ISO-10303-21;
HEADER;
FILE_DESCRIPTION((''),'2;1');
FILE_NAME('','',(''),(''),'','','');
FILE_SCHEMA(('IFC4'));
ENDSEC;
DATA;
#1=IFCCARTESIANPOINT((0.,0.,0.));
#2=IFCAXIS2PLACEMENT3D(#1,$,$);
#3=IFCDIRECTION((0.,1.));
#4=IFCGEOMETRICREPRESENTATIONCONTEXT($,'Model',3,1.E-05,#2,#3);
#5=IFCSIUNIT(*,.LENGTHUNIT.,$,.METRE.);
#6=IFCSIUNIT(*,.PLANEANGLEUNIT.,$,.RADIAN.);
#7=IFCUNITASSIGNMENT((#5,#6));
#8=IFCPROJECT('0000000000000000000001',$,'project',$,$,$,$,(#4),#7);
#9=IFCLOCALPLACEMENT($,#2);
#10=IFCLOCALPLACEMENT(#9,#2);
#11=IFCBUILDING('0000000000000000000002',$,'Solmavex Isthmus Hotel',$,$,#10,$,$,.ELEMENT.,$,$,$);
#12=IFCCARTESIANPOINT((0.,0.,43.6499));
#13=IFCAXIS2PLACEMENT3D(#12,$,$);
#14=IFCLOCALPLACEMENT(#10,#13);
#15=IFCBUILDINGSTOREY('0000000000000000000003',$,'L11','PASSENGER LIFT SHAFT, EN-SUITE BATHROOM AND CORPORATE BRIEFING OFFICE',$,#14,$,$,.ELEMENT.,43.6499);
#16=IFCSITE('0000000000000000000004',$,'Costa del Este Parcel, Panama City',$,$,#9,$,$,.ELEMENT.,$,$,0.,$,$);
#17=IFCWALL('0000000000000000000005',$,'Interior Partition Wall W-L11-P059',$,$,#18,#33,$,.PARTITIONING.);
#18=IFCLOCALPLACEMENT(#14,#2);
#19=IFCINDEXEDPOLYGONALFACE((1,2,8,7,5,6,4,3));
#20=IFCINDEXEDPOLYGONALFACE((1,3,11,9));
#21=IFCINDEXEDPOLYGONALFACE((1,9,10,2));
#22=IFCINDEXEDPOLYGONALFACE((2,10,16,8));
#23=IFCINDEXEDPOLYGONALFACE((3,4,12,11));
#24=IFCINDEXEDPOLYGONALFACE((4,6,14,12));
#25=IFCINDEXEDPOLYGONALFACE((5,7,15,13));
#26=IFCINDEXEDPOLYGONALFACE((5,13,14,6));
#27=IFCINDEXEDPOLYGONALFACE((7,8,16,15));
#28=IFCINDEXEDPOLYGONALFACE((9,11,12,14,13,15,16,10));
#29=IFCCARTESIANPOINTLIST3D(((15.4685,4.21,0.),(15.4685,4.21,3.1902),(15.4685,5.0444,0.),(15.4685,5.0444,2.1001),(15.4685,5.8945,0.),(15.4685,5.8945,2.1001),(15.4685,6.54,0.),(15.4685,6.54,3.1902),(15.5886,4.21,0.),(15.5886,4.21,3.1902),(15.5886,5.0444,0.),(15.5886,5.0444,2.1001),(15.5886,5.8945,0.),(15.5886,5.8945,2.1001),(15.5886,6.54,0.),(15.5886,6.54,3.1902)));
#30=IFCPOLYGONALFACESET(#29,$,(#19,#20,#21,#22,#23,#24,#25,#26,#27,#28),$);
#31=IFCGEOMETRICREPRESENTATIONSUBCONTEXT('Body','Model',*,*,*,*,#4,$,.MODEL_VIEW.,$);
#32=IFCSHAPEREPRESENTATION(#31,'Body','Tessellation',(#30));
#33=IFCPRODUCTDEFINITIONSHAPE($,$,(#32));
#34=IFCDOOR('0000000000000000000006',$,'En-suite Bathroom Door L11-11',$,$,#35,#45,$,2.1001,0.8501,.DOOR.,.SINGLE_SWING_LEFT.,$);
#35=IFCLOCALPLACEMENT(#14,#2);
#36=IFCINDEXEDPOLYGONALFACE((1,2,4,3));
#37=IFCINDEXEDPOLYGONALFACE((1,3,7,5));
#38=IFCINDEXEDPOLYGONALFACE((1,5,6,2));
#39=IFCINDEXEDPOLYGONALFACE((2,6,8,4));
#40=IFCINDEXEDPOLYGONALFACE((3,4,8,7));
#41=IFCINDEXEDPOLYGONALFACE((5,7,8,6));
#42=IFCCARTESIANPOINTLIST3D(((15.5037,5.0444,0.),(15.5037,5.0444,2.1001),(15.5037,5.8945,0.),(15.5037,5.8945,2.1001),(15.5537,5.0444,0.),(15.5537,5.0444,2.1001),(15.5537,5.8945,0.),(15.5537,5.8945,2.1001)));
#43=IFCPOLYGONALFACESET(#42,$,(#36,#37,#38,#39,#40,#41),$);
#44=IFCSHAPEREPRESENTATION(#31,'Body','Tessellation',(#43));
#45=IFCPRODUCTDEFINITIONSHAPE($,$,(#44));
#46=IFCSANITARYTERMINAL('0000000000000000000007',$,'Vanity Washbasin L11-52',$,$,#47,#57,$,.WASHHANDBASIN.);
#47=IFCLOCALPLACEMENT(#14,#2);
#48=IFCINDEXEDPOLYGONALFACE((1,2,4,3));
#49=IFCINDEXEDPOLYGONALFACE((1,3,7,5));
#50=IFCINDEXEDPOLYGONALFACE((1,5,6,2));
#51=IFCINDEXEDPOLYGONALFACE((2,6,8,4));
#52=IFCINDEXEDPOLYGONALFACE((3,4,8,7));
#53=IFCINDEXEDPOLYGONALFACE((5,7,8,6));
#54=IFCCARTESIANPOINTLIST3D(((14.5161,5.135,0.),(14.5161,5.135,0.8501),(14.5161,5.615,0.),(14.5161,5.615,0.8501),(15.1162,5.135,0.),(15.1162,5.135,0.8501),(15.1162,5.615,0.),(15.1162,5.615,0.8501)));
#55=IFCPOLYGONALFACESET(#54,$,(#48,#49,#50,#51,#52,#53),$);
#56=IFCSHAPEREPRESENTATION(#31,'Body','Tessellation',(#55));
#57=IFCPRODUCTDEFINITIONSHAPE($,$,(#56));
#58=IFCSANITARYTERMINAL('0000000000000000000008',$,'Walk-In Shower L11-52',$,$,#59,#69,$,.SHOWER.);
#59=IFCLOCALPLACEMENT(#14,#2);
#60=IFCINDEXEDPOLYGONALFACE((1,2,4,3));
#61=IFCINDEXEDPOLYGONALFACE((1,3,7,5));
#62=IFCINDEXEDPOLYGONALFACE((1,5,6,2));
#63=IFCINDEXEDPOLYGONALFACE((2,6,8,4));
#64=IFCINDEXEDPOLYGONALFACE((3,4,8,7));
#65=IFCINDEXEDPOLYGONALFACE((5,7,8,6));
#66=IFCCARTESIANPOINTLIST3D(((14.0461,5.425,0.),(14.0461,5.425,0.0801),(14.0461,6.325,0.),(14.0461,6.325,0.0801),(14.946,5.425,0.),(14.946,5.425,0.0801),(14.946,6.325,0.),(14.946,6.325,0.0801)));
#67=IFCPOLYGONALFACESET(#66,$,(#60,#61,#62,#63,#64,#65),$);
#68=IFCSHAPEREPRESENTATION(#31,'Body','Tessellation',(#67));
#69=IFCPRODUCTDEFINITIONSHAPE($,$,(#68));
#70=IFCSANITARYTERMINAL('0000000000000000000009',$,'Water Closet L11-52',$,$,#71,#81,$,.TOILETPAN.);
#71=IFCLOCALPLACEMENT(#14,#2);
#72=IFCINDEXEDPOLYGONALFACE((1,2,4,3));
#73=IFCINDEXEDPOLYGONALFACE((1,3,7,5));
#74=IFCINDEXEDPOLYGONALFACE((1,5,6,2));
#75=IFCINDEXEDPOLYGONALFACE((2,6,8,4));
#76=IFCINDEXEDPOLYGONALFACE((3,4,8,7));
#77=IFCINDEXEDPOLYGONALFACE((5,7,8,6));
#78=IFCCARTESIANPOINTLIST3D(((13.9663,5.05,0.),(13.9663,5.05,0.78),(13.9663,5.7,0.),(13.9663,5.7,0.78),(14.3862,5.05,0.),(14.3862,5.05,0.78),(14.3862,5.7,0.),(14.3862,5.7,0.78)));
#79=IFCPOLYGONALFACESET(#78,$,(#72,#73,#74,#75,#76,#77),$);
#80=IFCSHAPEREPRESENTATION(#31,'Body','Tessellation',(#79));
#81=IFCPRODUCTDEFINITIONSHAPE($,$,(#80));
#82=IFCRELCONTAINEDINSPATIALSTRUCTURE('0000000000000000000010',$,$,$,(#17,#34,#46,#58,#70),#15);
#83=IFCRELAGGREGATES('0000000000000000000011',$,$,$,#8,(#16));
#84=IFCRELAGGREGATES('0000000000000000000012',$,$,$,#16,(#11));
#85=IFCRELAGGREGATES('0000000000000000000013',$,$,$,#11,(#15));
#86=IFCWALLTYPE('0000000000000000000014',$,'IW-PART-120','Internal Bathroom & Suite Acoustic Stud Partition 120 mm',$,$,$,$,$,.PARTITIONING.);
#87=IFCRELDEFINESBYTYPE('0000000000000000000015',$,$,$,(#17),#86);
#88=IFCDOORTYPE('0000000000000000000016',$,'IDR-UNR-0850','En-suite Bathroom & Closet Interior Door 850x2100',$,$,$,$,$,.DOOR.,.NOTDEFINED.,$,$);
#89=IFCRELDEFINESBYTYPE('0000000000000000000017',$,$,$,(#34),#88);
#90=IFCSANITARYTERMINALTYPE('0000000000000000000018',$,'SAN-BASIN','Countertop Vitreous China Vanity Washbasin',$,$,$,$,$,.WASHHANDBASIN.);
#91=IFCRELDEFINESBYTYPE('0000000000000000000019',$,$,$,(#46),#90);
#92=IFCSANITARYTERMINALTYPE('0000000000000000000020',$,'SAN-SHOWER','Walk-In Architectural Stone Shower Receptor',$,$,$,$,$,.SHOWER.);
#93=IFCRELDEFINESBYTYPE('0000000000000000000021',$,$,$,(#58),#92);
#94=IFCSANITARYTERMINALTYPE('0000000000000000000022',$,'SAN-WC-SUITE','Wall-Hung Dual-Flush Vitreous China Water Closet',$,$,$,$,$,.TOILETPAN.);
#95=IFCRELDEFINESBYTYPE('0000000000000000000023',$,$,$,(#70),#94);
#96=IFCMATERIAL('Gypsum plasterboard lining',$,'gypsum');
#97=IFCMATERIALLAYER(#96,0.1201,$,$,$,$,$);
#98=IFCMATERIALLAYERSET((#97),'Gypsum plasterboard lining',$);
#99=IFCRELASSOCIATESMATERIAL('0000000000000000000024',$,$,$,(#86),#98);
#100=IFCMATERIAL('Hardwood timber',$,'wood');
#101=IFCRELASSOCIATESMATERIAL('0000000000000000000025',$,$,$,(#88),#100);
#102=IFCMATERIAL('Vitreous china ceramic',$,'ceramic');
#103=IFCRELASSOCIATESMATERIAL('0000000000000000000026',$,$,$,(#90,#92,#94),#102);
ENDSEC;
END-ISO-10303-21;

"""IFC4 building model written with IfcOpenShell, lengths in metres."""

from ifc_helpers import new_model, si_unit, direction, frame, frame_2d, origin, origin_2d, place, context, subcontext, project, spatial, rectangle, extrude, material, layer, layer_set, type_object, element, fill, save


model = new_model("IFC4")

# Units and contexts
model_context = context("Model", 3, precision=1e-05, world=origin(), true_north=direction((0.0, 1.0)))
body_context = subcontext(model_context, "Body", "Model", "MODEL_VIEW")
ifc_project = project(units=[si_unit("LENGTHUNIT", "METRE"), si_unit("PLANEANGLEUNIT", "RADIAN")], contexts=[model_context])

# Site, building, storey
site_placement = place(None, origin())
site = spatial("IfcSite", under=ifc_project, at=site_placement, Name="Costa del Este Parcel, Panama City", CompositionType="ELEMENT", RefElevation=0.0)
building_placement = place(site_placement, origin())
building = spatial("IfcBuilding", under=site, at=building_placement, Name="Solmavex Isthmus Hotel", CompositionType="ELEMENT")
storey_placement = place(building_placement, frame((0.0, 0.0, 43.6499)))
storey = spatial("IfcBuildingStorey", under=building, at=storey_placement, Name="L11", Description="PASSENGER LIFT SHAFT, EN-SUITE BATHROOM AND CORPORATE BRIEFING OFFICE", CompositionType="ELEMENT", Elevation=43.6499)

# Shared definitions
ifc_material_1 = material(Name="Gypsum plasterboard lining", Category="gypsum")
ifc_material_2 = material(Name="Hardwood timber", Category="wood")

# Shared definitions
ifc_layer_1 = layer(ifc_material_1, 0.1201)
ifc_layer_set_1 = layer_set([ifc_layer_1], Name="Gypsum plasterboard lining")
wall_type_1 = type_object("IfcWallType", Name="IW-PART-120", Description="Internal Bathroom & Suite Acoustic Stud Partition 120 mm", PredefinedType="PARTITIONING", material=ifc_layer_set_1)
door_type_1 = type_object("IfcDoorType", Name="IDR-UNR-0850", Description="En-suite Bathroom & Closet Interior Door 850x2100", OperationType="NOTDEFINED", PredefinedType="DOOR", material=ifc_material_2)

# Wall, opening, door
wall_1_placement = place(storey_placement, frame((15.5286, 4.21, 0.0), z_axis=(0.0, 0.0, 1.0), x_axis=(0.0, 1.0, 0.0)))
wall_1 = element("IfcWall", 1, at=wall_1_placement, inside=storey, type_object=wall_type_1, Name="Interior Partition Wall W-L11-P059", PredefinedType="PARTITIONING", context=body_context, shape_type="SweptSolid", body=[
    extrude(rectangle(XDim=2.3301, YDim=0.1201, at=frame_2d((1.165, 0.0))), origin(), (0.0, 0.0, 1.0), 3.1902),
])
opening_1_placement = place(wall_1_placement, frame((0.8345, 0.0, 0.0)))
opening_1 = element("IfcOpeningElement", 2, at=opening_1_placement, cuts=wall_1, PredefinedType="OPENING", context=body_context, shape_type="SweptSolid", body=[
    extrude(rectangle(XDim=0.8501, YDim=2.1001, at=frame_2d((0.425, 1.05))), frame((0.0, 0.0701, 0.0), z_axis=(0.0, -1.0, 0.0), x_axis=(1.0, 0.0, 0.0)), (0.0, 0.0, 1.0), 0.1401),
])
door_1_placement = place(opening_1_placement, origin())
door_1 = element("IfcDoor", 3, at=door_1_placement, inside=storey, type_object=door_type_1, Name="En-suite Bathroom Door L11-11", OperationType="SINGLE_SWING_LEFT", OverallHeight=2.1001, OverallWidth=0.8501, PredefinedType="DOOR", context=body_context, shape_type="SweptSolid", body=[
    extrude(rectangle(XDim=0.8501, YDim=2.1001, at=frame_2d((0.425, 1.05))), frame((0.0, 0.0249, 0.0), z_axis=(0.0, -1.0, 0.0), x_axis=(1.0, 0.0, 0.0)), (0.0, 0.0, 1.0), 0.05),
])
fill(opening_1, door_1)

# Sanitary terminals
ifc_material_3 = material(Name="Vitreous china ceramic", Category="ceramic")
sanitary_terminal_type_1 = type_object("IfcSanitaryTerminalType", Name="SAN-BASIN", Description="Countertop Vitreous China Vanity Washbasin", PredefinedType="WASHHANDBASIN", material=ifc_material_3)
sanitary_terminal_1_placement = place(storey_placement, frame((14.8162, 5.375, 0.0), z_axis=(0.0, 0.0, 1.0), x_axis=(1.0, 0.0, 0.0)))
element("IfcSanitaryTerminal", 4, at=sanitary_terminal_1_placement, inside=storey, type_object=sanitary_terminal_type_1, Name="Vanity Washbasin L11-52", PredefinedType="WASHHANDBASIN", context=body_context, shape_type="SweptSolid", body=[
    extrude(rectangle(XDim=0.6001, YDim=0.48, at=origin_2d()), origin(), (0.0, 0.0, 1.0), 0.8501),
])
sanitary_terminal_type_2 = type_object("IfcSanitaryTerminalType", Name="SAN-SHOWER", Description="Walk-In Architectural Stone Shower Receptor", PredefinedType="SHOWER", material=ifc_material_3)
sanitary_terminal_2_placement = place(storey_placement, frame((14.4961, 5.875, 0.0), z_axis=(0.0, 0.0, 1.0), x_axis=(1.0, 0.0, 0.0)))
element("IfcSanitaryTerminal", 5, at=sanitary_terminal_2_placement, inside=storey, type_object=sanitary_terminal_type_2, Name="Walk-In Shower L11-52", PredefinedType="SHOWER", context=body_context, shape_type="SweptSolid", body=[
    extrude(rectangle(XDim=0.8999, YDim=0.8999, at=origin_2d()), origin(), (0.0, 0.0, 1.0), 0.0801),
])
sanitary_terminal_type_3 = type_object("IfcSanitaryTerminalType", Name="SAN-WC-SUITE", Description="Wall-Hung Dual-Flush Vitreous China Water Closet", PredefinedType="TOILETPAN", material=ifc_material_3)
sanitary_terminal_3_placement = place(storey_placement, frame((14.1763, 5.375, 0.0), z_axis=(0.0, 0.0, 1.0), x_axis=(1.0, 0.0, 0.0)))
element("IfcSanitaryTerminal", 6, at=sanitary_terminal_3_placement, inside=storey, type_object=sanitary_terminal_type_3, Name="Water Closet L11-52", PredefinedType="TOILETPAN", context=body_context, shape_type="SweptSolid", body=[
    extrude(rectangle(XDim=0.4199, YDim=0.6499, at=origin_2d()), origin(), (0.0, 0.0, 1.0), 0.78),
])

save(model, "model.ifc")
